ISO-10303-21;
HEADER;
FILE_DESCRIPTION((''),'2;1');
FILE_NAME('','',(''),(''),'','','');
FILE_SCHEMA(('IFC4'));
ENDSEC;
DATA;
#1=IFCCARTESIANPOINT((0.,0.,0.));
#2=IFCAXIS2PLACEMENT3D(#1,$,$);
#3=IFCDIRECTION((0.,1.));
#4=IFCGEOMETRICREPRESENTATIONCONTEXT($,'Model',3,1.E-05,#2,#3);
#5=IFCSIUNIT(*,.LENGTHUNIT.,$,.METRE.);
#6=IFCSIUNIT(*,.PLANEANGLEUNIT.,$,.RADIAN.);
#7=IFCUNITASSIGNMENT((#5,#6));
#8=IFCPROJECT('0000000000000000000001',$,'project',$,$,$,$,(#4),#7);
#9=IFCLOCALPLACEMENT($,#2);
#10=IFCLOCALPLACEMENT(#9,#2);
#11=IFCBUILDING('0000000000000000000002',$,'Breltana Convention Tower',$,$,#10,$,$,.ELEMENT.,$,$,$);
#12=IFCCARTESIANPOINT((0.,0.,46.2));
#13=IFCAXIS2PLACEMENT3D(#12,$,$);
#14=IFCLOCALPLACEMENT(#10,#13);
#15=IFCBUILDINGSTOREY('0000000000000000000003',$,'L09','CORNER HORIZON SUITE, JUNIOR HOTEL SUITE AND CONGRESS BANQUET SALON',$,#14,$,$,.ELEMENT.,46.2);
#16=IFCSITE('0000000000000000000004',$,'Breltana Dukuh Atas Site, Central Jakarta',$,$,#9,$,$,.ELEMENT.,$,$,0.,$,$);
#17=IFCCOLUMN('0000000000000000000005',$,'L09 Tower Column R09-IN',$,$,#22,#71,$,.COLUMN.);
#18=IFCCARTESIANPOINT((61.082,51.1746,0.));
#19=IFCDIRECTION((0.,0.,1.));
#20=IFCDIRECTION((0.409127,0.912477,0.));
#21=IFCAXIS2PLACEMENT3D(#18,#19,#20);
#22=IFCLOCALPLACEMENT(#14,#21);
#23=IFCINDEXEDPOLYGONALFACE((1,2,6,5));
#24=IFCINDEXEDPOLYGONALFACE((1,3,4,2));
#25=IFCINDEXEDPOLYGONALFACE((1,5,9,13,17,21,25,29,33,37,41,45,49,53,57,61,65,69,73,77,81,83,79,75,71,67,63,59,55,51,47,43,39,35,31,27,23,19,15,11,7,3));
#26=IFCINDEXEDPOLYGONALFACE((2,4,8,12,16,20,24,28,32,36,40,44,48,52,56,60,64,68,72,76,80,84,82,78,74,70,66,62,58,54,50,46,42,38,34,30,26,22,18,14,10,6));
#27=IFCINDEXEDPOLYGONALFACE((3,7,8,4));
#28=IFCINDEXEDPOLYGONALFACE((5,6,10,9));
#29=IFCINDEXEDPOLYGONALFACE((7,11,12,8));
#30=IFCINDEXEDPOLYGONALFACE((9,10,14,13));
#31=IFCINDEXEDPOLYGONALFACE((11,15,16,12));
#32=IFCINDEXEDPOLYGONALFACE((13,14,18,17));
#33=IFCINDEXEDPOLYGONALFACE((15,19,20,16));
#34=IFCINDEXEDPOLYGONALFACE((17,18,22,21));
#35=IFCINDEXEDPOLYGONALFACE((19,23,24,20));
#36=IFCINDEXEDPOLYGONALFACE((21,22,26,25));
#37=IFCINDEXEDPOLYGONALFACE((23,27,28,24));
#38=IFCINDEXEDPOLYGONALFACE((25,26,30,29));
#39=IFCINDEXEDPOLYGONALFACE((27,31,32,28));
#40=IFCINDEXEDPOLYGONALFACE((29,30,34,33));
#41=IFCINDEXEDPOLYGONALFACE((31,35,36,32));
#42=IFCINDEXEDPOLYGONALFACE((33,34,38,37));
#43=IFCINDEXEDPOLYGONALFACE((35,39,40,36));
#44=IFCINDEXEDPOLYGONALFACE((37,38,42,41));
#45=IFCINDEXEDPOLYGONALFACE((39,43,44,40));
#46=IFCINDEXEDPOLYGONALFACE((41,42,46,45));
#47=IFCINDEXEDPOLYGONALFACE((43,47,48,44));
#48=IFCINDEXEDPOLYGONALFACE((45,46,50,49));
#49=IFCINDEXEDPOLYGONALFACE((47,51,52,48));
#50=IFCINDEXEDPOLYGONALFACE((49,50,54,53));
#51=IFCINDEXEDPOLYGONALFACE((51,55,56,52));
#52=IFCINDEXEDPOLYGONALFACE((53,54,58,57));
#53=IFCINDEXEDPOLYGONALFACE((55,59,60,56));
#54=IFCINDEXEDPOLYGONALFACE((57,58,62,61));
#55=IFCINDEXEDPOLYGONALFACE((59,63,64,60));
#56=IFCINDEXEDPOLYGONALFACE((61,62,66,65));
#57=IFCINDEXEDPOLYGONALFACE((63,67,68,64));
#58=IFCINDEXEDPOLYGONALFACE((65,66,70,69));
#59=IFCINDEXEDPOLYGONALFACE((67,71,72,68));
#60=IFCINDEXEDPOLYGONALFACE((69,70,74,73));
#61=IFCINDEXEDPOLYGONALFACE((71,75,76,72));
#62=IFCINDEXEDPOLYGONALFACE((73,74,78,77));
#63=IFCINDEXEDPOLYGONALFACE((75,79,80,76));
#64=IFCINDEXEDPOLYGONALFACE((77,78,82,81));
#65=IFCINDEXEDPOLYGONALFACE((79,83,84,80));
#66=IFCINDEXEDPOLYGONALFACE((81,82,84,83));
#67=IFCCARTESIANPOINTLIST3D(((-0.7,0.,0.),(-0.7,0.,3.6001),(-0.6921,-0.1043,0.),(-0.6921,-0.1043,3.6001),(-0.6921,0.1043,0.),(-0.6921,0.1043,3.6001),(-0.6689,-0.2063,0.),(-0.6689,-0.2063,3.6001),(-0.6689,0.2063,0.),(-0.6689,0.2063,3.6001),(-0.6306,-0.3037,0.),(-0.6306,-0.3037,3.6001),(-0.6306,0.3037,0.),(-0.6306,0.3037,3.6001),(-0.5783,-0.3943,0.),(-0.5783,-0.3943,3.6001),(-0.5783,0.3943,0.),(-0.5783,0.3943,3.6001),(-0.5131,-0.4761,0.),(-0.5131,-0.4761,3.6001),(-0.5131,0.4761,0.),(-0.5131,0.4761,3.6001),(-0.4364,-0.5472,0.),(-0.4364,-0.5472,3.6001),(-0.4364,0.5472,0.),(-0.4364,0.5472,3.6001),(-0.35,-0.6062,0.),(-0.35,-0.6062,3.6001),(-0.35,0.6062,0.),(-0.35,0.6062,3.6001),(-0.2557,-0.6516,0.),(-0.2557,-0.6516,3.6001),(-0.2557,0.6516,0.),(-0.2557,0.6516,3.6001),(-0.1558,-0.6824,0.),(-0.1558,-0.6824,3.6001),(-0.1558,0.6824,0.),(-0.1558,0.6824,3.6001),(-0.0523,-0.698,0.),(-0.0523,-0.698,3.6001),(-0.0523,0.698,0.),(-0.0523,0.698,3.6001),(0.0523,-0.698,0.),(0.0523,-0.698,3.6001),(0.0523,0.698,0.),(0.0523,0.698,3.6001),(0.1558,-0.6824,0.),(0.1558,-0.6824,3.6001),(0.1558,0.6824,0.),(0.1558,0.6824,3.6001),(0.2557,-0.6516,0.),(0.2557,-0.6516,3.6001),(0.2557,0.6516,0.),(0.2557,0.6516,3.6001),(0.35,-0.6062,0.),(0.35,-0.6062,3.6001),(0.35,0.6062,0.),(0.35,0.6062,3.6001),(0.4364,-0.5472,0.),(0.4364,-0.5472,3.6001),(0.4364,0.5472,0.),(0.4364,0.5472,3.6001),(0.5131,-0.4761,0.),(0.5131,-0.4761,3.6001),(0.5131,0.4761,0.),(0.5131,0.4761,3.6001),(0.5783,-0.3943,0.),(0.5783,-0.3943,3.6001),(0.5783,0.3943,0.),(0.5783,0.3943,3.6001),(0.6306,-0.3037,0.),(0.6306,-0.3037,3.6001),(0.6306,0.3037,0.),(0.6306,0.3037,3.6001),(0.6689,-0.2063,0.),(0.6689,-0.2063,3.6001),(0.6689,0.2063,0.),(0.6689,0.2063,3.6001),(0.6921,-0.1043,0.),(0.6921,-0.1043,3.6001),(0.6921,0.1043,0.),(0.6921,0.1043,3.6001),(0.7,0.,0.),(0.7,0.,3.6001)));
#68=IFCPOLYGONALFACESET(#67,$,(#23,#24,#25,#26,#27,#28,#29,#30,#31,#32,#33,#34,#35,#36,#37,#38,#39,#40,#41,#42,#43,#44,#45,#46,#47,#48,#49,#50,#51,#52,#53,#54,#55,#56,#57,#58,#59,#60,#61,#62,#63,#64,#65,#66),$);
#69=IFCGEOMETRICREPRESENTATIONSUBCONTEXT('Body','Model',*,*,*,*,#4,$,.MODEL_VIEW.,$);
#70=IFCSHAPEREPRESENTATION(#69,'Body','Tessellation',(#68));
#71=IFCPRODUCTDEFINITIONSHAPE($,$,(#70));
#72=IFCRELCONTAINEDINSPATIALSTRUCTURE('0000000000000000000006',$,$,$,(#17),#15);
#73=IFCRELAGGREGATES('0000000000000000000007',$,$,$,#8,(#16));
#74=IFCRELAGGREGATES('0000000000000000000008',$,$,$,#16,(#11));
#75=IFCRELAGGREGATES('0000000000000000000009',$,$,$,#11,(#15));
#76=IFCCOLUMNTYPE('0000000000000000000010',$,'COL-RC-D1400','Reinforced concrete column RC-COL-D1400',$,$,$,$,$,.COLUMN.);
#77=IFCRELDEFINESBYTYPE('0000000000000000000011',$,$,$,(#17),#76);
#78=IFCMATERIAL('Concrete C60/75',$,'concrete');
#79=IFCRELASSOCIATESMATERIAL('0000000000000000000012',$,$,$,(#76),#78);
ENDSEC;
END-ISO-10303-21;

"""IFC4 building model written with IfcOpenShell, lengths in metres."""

from ifc_helpers import new_model, si_unit, direction, frame, origin, origin_2d, place, context, subcontext, project, spatial, circle, extrude, source, transform, mapped, material, material_profile, profile_set, type_object, element, save


model = new_model("IFC4")

# Units and contexts
model_context = context("Model", 3, precision=1e-05, world=origin(), true_north=direction((0.0, 1.0)))
body_context = subcontext(model_context, "Body", "Model", "MODEL_VIEW")
ifc_project = project(units=[si_unit("LENGTHUNIT", "METRE"), si_unit("PLANEANGLEUNIT", "RADIAN")], contexts=[model_context])

# Site, building, storey
site_placement = place(None, origin())
site = spatial("IfcSite", under=ifc_project, at=site_placement, Name="Breltana Dukuh Atas Site, Central Jakarta", CompositionType="ELEMENT", RefElevation=0.0)
building_placement = place(site_placement, origin())
building = spatial("IfcBuilding", under=site, at=building_placement, Name="Breltana Convention Tower", CompositionType="ELEMENT")
storey_placement = place(building_placement, frame((0.0, 0.0, 46.2)))
storey = spatial("IfcBuildingStorey", under=building, at=storey_placement, Name="L09", Description="CORNER HORIZON SUITE, JUNIOR HOTEL SUITE AND CONGRESS BANQUET SALON", CompositionType="ELEMENT", Elevation=46.2)

# Column
ifc_material_1 = material(Name="Concrete C60/75", Category="concrete")
ifc_material_profile_1 = material_profile(ifc_material_1, circle(Radius=0.7, at=origin_2d()), Name="RC-COL-D1400")
ifc_profile_set_1 = profile_set([ifc_material_profile_1], Name="Concrete C60/75")
column_type = type_object("IfcColumnType", Name="COL-RC-D1400", Description="Reinforced concrete column RC-COL-D1400", PredefinedType="COLUMN", material=ifc_profile_set_1)
shared_shape_1 = source(origin(), body_context, "Body", "SweptSolid", [
    extrude(circle(Radius=0.7, at=origin_2d()), origin(), (0.0, 0.0, 1.0), 3.6001),
])
for number, where, z_axis, x_axis, name in (
    (1, (61.082, 51.1746, 0.0), (0.0, 0.0, 1.0), (0.409127, 0.912477, 0.0), "L09 Tower Column R09-IN"),
):
    element("IfcColumn", number, at=place(storey_placement, frame(where, z_axis=z_axis, x_axis=x_axis)), inside=storey, type_object=column_type, Name=name, PredefinedType="COLUMN", context=body_context, shape_type="MappedRepresentation", body=[
        mapped(shared_shape_1, transform((0.0, 0.0, 0.0), scale=1.0)),
    ])

save(model, "model.ifc")
